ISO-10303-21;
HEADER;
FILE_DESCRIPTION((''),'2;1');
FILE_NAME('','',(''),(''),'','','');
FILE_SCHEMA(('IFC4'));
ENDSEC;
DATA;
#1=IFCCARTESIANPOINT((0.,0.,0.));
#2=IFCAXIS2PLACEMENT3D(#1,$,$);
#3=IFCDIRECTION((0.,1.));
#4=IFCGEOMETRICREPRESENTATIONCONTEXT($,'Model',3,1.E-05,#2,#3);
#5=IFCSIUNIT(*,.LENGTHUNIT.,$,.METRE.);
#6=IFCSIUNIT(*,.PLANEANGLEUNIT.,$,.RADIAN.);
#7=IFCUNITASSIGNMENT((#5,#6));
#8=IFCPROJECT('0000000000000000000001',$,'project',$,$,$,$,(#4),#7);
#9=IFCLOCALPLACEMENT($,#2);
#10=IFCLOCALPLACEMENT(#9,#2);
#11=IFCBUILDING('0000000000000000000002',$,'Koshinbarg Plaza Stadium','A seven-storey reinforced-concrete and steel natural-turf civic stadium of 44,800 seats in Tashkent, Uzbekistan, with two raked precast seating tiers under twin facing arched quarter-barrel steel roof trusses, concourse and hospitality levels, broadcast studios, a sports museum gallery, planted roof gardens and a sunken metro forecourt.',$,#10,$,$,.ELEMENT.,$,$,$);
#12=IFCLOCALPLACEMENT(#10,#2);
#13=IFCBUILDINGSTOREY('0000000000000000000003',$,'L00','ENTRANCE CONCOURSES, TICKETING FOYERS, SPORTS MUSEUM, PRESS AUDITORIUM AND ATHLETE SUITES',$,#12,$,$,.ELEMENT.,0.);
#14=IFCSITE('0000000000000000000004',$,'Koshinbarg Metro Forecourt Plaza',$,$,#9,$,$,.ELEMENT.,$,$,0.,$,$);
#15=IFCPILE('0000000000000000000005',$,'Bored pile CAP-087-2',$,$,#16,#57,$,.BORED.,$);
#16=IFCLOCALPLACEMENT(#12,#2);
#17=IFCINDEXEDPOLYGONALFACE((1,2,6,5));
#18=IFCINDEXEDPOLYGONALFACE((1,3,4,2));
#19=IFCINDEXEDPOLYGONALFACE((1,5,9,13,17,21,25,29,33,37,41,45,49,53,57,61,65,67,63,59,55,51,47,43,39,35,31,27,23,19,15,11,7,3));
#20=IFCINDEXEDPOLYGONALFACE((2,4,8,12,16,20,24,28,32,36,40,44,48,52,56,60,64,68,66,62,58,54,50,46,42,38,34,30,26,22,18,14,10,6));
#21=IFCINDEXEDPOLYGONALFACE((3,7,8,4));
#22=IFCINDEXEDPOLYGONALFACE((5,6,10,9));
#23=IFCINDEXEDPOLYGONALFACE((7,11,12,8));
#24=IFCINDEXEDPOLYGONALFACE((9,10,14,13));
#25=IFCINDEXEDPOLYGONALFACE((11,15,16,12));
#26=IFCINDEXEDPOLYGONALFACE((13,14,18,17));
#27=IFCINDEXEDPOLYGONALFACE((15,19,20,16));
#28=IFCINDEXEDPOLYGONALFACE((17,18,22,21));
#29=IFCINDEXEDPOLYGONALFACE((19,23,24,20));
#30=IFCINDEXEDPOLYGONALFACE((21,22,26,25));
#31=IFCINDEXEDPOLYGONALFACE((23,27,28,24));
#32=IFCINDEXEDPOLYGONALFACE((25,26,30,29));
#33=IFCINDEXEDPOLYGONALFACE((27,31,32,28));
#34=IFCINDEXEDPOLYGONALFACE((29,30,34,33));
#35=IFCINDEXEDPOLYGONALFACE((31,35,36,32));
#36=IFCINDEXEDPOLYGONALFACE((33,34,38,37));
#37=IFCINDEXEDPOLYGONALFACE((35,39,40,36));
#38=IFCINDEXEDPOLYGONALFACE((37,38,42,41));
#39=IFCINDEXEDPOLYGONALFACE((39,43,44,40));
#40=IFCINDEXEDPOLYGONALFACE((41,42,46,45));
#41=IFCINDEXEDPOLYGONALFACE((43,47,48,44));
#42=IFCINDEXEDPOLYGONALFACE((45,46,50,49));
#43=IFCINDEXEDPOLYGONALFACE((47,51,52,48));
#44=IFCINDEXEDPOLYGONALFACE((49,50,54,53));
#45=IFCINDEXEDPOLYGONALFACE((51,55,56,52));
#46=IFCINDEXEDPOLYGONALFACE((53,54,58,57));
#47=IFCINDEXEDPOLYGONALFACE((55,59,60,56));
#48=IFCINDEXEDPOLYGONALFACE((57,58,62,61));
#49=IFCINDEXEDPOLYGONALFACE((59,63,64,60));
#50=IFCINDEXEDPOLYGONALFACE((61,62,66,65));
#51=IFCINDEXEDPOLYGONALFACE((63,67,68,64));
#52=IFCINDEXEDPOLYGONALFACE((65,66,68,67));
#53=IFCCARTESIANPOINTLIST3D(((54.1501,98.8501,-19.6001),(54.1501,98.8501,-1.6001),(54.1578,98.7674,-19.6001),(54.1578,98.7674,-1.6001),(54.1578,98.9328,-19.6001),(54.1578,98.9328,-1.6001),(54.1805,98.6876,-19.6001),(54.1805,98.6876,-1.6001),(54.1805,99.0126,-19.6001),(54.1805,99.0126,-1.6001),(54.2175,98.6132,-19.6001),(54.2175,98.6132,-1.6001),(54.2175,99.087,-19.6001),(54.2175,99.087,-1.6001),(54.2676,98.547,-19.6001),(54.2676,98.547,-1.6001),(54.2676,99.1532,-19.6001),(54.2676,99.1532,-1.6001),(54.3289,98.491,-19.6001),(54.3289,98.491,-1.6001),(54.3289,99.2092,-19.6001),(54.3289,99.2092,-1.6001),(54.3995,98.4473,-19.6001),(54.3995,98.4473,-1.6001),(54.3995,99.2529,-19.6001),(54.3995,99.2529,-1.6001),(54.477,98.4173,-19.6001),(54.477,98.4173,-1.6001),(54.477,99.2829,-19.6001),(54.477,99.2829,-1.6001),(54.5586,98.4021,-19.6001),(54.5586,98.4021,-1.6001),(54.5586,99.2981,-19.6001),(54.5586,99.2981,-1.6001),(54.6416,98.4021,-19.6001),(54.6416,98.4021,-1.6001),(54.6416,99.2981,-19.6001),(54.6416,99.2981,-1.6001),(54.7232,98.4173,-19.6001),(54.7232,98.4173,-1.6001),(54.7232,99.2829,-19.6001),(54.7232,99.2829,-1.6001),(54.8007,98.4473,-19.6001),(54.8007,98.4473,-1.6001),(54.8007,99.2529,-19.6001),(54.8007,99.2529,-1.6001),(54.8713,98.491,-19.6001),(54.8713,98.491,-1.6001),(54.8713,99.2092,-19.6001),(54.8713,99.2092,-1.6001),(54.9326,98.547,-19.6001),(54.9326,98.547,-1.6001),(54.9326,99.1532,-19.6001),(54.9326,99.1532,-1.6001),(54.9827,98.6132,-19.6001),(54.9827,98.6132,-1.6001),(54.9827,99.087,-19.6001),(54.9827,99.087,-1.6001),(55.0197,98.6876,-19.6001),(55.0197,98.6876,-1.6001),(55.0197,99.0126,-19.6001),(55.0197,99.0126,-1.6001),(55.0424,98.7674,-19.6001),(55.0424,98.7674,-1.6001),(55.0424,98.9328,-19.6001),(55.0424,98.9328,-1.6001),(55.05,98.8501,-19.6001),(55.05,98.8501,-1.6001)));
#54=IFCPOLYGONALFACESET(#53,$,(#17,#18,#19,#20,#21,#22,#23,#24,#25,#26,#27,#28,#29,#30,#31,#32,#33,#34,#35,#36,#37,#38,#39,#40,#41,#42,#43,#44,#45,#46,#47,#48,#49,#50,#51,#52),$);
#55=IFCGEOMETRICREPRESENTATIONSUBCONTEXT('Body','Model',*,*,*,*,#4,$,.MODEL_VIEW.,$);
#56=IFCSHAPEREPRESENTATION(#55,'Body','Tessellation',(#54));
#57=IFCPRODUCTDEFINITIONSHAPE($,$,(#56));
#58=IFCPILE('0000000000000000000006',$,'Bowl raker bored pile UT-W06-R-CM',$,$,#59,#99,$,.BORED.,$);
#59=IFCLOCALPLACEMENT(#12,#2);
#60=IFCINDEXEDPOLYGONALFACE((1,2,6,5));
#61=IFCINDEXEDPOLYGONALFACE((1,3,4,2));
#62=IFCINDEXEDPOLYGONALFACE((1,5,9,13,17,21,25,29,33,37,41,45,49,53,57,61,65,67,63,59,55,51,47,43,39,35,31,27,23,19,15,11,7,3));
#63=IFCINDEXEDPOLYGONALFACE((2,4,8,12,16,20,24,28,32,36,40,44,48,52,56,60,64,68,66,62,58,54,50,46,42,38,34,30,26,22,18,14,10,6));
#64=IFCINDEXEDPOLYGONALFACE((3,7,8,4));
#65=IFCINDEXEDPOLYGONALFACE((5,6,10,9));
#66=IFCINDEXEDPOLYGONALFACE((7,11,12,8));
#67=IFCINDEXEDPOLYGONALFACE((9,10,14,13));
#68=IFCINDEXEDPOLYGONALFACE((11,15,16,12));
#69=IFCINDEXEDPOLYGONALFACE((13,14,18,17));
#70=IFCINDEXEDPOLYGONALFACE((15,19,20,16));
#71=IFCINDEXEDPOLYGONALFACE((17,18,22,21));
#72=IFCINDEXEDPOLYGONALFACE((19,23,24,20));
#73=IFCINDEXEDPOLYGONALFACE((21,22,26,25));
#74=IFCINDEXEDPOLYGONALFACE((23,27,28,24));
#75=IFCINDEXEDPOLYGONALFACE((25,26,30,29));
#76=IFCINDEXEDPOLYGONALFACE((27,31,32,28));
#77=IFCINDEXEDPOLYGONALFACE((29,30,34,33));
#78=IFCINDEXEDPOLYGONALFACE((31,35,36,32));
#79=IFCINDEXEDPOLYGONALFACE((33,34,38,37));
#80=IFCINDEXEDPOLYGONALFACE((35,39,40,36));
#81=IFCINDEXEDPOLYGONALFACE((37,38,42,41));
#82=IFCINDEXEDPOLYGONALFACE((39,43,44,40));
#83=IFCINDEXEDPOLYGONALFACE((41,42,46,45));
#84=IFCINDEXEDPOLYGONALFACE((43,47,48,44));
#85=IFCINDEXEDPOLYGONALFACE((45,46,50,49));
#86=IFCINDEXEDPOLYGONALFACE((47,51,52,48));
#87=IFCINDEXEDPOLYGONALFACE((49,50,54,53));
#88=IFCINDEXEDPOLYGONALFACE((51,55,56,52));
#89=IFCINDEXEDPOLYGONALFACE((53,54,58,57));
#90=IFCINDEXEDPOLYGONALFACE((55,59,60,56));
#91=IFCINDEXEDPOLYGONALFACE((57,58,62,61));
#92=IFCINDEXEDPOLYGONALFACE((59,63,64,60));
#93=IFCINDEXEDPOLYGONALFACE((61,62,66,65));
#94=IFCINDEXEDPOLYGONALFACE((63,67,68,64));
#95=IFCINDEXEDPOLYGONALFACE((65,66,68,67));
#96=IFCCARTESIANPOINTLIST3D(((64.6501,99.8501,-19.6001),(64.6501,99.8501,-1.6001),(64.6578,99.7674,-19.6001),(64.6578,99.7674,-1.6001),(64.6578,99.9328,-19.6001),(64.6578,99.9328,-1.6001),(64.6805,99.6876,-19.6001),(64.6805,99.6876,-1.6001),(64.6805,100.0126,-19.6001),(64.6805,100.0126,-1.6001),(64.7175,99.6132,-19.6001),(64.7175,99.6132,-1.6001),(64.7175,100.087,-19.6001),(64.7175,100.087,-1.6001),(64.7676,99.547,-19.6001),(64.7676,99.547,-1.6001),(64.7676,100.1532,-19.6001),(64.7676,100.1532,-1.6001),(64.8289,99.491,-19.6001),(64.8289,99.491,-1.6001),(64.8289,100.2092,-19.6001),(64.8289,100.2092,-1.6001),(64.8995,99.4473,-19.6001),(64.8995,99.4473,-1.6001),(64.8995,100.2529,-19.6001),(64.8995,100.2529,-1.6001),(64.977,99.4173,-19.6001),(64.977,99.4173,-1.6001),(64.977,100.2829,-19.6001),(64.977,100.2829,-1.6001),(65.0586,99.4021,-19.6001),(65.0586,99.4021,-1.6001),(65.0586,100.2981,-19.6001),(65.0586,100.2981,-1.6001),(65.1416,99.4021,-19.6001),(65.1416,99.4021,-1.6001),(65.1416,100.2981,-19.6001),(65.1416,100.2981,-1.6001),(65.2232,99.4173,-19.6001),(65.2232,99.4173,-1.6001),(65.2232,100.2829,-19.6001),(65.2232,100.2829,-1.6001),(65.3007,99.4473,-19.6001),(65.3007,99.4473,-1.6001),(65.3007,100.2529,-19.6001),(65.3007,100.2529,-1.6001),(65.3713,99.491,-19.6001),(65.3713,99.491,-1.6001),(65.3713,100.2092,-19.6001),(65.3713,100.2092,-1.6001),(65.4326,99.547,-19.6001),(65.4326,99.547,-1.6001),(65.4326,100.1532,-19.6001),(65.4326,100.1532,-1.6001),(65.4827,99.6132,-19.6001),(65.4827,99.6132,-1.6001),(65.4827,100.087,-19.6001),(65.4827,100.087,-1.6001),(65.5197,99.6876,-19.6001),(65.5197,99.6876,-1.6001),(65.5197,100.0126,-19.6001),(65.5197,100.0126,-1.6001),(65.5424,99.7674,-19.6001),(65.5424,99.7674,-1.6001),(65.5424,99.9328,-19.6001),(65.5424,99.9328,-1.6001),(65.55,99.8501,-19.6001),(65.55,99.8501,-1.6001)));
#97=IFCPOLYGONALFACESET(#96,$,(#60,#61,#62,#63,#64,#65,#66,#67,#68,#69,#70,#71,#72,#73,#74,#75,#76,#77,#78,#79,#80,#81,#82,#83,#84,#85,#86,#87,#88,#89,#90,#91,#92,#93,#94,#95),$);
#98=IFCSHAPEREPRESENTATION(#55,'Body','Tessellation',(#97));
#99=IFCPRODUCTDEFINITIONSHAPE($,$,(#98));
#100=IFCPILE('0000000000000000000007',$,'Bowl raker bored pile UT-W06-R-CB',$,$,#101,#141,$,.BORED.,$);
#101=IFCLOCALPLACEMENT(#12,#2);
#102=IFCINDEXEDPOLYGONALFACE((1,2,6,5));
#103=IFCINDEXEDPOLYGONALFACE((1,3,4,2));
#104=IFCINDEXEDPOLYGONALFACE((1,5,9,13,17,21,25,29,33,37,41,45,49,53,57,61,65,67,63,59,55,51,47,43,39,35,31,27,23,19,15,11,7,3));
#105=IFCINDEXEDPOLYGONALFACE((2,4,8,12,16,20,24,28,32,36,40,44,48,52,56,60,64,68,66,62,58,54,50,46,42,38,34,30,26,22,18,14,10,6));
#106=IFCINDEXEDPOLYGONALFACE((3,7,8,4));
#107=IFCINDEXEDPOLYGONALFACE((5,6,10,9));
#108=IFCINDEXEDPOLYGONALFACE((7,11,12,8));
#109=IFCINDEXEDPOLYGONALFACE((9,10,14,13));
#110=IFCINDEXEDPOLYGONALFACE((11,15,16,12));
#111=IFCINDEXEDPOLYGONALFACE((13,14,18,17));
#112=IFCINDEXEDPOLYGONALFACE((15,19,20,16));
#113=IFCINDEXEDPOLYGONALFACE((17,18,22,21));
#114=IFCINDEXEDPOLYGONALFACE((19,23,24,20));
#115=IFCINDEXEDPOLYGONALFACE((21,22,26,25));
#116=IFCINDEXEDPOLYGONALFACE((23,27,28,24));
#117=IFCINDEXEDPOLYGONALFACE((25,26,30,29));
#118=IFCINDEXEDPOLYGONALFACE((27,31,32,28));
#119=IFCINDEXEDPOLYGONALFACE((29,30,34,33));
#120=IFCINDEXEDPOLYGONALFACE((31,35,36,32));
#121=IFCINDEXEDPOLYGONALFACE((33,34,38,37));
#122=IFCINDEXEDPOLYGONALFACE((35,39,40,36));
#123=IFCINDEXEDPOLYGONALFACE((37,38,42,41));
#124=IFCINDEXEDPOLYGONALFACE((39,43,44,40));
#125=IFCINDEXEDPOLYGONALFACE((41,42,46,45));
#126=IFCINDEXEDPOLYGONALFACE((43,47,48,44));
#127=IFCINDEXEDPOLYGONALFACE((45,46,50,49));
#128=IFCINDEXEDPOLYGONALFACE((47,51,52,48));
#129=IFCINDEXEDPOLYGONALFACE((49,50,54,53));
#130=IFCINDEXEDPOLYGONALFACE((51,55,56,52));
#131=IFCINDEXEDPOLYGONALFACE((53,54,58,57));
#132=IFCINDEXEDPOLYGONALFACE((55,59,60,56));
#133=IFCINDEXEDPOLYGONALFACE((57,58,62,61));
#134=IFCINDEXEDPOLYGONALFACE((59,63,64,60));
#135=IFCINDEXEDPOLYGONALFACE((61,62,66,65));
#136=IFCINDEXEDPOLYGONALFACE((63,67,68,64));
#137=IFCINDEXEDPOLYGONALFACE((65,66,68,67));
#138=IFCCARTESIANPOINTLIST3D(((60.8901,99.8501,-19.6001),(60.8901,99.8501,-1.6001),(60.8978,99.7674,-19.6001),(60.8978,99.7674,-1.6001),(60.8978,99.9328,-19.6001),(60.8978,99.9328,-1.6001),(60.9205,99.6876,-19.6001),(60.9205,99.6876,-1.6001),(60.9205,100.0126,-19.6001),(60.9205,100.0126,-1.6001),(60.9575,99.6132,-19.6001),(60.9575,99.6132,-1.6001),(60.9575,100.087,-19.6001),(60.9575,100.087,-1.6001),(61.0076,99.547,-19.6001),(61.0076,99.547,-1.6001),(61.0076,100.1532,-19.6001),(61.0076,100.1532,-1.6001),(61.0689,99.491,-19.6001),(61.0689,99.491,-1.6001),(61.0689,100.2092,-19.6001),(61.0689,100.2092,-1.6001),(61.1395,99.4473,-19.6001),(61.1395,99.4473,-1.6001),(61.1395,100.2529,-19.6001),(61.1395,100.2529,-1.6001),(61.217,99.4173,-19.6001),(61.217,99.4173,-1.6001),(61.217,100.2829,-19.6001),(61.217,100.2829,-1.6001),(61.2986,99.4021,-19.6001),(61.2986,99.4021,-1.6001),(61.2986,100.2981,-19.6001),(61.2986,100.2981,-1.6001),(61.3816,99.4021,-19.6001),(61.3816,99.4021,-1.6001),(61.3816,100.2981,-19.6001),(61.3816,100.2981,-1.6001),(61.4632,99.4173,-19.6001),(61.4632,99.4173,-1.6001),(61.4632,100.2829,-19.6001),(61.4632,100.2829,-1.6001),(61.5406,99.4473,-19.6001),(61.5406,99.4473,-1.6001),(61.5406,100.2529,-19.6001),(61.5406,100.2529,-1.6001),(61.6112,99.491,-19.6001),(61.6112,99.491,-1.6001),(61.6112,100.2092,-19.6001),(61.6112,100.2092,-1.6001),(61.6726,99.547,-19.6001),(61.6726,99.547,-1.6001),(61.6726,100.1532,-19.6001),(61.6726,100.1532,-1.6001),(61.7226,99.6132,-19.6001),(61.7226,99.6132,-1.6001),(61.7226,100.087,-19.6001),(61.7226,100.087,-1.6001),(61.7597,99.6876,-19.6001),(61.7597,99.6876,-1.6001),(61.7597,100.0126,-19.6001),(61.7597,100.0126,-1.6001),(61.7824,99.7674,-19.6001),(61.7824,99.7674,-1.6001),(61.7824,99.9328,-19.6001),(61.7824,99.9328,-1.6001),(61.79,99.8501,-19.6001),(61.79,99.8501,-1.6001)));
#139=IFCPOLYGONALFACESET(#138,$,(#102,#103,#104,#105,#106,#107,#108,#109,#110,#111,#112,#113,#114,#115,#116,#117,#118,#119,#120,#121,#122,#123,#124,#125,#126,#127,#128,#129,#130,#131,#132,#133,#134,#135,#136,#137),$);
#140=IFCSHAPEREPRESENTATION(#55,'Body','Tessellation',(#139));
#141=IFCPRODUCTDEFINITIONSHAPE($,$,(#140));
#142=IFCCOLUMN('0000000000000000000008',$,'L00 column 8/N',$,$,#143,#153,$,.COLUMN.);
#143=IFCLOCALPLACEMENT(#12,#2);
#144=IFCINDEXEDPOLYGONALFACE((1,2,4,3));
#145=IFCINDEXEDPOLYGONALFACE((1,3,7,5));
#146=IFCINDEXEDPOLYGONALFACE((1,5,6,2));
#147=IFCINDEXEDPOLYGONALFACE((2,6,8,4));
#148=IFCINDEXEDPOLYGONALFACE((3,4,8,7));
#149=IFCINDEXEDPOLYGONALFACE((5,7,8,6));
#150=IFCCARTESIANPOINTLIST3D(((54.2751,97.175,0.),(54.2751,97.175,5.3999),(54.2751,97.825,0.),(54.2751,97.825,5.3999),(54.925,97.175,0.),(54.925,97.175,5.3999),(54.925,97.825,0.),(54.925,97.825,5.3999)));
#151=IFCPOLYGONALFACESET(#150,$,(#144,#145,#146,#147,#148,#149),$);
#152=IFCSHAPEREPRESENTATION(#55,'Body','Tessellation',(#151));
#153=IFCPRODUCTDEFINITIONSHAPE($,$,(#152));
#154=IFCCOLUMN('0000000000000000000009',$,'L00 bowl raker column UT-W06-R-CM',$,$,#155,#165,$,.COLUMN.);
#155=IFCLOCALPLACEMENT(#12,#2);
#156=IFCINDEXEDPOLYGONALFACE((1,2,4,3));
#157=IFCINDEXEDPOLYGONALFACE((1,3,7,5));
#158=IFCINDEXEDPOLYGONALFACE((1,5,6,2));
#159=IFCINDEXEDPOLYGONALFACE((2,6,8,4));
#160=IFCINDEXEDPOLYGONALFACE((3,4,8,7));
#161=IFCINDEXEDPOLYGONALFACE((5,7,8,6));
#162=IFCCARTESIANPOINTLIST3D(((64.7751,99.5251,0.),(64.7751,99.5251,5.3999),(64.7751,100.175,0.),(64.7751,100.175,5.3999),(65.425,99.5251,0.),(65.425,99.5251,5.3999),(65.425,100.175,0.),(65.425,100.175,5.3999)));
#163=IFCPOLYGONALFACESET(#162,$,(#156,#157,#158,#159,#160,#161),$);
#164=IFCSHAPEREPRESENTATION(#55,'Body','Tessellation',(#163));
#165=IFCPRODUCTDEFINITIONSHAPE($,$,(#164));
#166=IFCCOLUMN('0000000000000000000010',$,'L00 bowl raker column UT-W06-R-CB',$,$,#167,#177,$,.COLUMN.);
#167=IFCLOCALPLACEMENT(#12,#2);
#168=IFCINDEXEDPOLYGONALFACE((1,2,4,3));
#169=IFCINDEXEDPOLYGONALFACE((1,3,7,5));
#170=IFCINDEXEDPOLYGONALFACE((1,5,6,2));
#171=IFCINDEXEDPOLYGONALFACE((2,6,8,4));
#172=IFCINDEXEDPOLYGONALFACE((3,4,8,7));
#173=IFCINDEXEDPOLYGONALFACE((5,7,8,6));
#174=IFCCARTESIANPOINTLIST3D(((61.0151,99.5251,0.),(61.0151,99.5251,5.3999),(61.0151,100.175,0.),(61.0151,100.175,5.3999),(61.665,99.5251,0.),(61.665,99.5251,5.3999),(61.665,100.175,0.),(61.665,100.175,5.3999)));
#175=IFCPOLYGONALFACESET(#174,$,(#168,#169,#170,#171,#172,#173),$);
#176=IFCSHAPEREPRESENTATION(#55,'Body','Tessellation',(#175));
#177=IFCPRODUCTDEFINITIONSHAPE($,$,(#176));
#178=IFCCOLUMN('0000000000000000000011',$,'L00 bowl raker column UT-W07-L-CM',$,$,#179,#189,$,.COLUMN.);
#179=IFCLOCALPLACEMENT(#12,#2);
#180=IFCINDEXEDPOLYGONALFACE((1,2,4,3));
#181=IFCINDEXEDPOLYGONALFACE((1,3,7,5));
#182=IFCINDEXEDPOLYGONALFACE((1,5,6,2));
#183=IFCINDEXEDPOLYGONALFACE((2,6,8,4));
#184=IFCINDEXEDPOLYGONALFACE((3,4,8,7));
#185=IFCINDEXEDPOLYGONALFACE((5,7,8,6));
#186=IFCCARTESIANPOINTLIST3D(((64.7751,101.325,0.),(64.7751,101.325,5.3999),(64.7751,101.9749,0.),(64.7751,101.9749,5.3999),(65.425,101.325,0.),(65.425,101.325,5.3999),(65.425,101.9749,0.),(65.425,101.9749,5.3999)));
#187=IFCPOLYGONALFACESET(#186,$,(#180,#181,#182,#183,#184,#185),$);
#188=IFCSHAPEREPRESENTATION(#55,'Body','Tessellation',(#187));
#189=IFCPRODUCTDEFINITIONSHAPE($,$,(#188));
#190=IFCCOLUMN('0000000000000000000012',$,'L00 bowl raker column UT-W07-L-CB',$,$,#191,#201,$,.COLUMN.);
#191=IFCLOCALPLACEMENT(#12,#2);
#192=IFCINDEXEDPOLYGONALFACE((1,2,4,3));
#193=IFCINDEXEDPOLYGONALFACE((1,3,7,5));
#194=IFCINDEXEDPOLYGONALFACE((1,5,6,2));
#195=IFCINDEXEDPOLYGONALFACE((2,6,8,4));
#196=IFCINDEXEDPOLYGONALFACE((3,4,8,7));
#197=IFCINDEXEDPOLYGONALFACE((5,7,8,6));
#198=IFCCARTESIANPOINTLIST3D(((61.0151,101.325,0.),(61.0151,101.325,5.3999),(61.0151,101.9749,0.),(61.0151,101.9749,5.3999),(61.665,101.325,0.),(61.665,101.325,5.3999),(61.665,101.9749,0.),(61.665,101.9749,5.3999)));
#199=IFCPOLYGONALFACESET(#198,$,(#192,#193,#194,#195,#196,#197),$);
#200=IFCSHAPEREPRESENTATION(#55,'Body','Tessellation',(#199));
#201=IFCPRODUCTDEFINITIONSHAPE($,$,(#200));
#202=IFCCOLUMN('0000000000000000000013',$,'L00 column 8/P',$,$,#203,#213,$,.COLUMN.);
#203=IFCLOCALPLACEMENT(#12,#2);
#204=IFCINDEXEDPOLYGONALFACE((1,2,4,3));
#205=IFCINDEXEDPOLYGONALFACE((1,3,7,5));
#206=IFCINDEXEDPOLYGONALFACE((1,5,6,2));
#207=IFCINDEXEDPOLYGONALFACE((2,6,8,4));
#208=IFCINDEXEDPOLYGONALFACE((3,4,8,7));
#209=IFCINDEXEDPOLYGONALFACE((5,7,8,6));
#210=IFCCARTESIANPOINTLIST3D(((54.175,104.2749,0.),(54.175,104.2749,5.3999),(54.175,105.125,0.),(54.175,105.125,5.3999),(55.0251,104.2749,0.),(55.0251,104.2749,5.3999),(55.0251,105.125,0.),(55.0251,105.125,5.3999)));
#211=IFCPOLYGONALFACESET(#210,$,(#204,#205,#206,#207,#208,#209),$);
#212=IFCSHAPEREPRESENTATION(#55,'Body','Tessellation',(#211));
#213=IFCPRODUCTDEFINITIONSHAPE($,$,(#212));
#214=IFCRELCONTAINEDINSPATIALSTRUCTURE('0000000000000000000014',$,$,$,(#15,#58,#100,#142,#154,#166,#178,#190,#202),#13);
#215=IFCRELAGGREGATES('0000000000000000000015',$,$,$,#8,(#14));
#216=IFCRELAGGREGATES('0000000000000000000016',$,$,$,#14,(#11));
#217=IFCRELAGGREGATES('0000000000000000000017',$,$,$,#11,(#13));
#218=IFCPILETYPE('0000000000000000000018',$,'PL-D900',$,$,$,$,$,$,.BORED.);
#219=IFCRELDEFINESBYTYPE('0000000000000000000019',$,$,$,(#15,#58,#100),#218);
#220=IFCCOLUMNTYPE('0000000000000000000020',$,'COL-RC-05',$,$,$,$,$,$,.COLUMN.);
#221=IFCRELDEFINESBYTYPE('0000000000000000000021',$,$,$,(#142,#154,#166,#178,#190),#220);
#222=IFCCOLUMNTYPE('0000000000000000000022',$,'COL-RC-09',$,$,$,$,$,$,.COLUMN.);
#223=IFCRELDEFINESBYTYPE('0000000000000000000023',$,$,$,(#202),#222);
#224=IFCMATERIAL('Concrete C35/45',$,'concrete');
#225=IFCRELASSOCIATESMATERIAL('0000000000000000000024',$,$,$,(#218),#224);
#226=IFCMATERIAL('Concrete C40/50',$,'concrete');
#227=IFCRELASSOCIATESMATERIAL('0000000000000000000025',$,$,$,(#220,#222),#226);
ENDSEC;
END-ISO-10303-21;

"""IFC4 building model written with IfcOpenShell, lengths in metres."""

from ifc_helpers import new_model, si_unit, direction, frame, origin, origin_2d, place, context, subcontext, project, spatial, rectangle, circle, extrude, material, material_profile, profile_set, type_object, element, save


model = new_model("IFC4")

# Units and contexts
model_context = context("Model", 3, precision=1e-05, world=origin(), true_north=direction((0.0, 1.0)))
body_context = subcontext(model_context, "Body", "Model", "MODEL_VIEW")
ifc_project = project(units=[si_unit("LENGTHUNIT", "METRE"), si_unit("PLANEANGLEUNIT", "RADIAN")], contexts=[model_context])

# Site, building, storey
site_placement = place(None, origin())
site = spatial("IfcSite", under=ifc_project, at=site_placement, Name="Koshinbarg Metro Forecourt Plaza", CompositionType="ELEMENT", RefElevation=0.0)
building_placement = place(site_placement, origin())
building = spatial("IfcBuilding", under=site, at=building_placement, Name="Koshinbarg Plaza Stadium", Description="A seven-storey reinforced-concrete and steel natural-turf civic stadium of 44,800 seats in Tashkent, Uzbekistan, with two raked precast seating tiers under twin facing arched quarter-barrel steel roof trusses, concourse and hospitality levels, broadcast studios, a sports museum gallery, planted roof gardens and a sunken metro forecourt.", CompositionType="ELEMENT")
storey_placement = place(building_placement, origin())
storey = spatial("IfcBuildingStorey", under=building, at=storey_placement, Name="L00", Description="ENTRANCE CONCOURSES, TICKETING FOYERS, SPORTS MUSEUM, PRESS AUDITORIUM AND ATHLETE SUITES", CompositionType="ELEMENT", Elevation=0.0)

# Shared definitions
ifc_material_1 = material(Name="Concrete C35/45", Category="concrete")

# Piles
ifc_material_profile_1 = material_profile(ifc_material_1, circle(Radius=0.45, at=origin_2d()), Name="PILE D900")
ifc_profile_set_1 = profile_set([ifc_material_profile_1], Name="Concrete C35/45")
pile_type_1 = type_object("IfcPileType", Name="PL-D900", PredefinedType="BORED", material=ifc_profile_set_1)
for number, where, z_axis, x_axis, name in (
    (1, (54.6001, 98.8501, -1.6001), (0.0, 0.0, -1.0), (1.0, 0.0, 0.0), "Bored pile CAP-087-2"),
    (2, (65.1001, 99.8501, -1.6001), (0.0, 0.0, -1.0), (1.0, 0.0, 0.0), "Bowl raker bored pile UT-W06-R-CM"),
    (3, (61.3401, 99.8501, -1.6001), (0.0, 0.0, -1.0), (1.0, 0.0, 0.0), "Bowl raker bored pile UT-W06-R-CB"),
):
    element("IfcPile", number, at=place(storey_placement, frame(where, z_axis=z_axis, x_axis=x_axis)), inside=storey, type_object=pile_type_1, Name=name, PredefinedType="BORED", context=body_context, shape_type="SweptSolid", body=[
        extrude(circle(Radius=0.45, at=origin_2d()), origin(), (0.0, 0.0, 1.0), 18.0),
    ])

# Columns
ifc_material_2 = material(Name="Concrete C40/50", Category="concrete")
ifc_material_profile_2 = material_profile(ifc_material_2, rectangle(XDim=0.6499, YDim=0.6499, at=origin_2d()), Name="RC 650x650")
ifc_profile_set_2 = profile_set([ifc_material_profile_2], Name="Concrete C40/50")
column_type_1 = type_object("IfcColumnType", Name="COL-RC-05", PredefinedType="COLUMN", material=ifc_profile_set_2)
for number, where, z_axis, x_axis, name in (
    (4, (54.6001, 97.5, 0.0), (0.0, 0.0, 1.0), (1.0, 0.0, 0.0), "L00 column 8/N"),
    (5, (65.1001, 99.8501, 0.0), (0.0, 0.0, 1.0), (1.0, 0.0, 0.0), "L00 bowl raker column UT-W06-R-CM"),
    (6, (61.3401, 99.8501, 0.0), (0.0, 0.0, 1.0), (1.0, 0.0, 0.0), "L00 bowl raker column UT-W06-R-CB"),
    (7, (65.1001, 101.6499, 0.0), (0.0, 0.0, 1.0), (1.0, 0.0, 0.0), "L00 bowl raker column UT-W07-L-CM"),
    (8, (61.3401, 101.6499, 0.0), (0.0, 0.0, 1.0), (1.0, 0.0, 0.0), "L00 bowl raker column UT-W07-L-CB"),
):
    element("IfcColumn", number, at=place(storey_placement, frame(where, z_axis=z_axis, x_axis=x_axis)), inside=storey, type_object=column_type_1, Name=name, PredefinedType="COLUMN", context=body_context, shape_type="SweptSolid", body=[
        extrude(rectangle(XDim=0.6499, YDim=0.6499, at=origin_2d()), origin(), (0.0, 0.0, 1.0), 5.3999),
    ])
ifc_material_profile_3 = material_profile(ifc_material_2, rectangle(XDim=0.8501, YDim=0.8501, at=origin_2d()), Name="RC 850x850")
ifc_profile_set_3 = profile_set([ifc_material_profile_3], Name="Concrete C40/50")
column_type_2 = type_object("IfcColumnType", Name="COL-RC-09", PredefinedType="COLUMN", material=ifc_profile_set_3)
column_placement = place(storey_placement, frame((54.6001, 104.7, 0.0), z_axis=(0.0, 0.0, 1.0), x_axis=(1.0, 0.0, 0.0)))
element("IfcColumn", 9, at=column_placement, inside=storey, type_object=column_type_2, Name="L00 column 8/P", PredefinedType="COLUMN", context=body_context, shape_type="SweptSolid", body=[
    extrude(rectangle(XDim=0.8501, YDim=0.8501, at=origin_2d()), origin(), (0.0, 0.0, 1.0), 5.3999),
])

save(model, "model.ifc")
